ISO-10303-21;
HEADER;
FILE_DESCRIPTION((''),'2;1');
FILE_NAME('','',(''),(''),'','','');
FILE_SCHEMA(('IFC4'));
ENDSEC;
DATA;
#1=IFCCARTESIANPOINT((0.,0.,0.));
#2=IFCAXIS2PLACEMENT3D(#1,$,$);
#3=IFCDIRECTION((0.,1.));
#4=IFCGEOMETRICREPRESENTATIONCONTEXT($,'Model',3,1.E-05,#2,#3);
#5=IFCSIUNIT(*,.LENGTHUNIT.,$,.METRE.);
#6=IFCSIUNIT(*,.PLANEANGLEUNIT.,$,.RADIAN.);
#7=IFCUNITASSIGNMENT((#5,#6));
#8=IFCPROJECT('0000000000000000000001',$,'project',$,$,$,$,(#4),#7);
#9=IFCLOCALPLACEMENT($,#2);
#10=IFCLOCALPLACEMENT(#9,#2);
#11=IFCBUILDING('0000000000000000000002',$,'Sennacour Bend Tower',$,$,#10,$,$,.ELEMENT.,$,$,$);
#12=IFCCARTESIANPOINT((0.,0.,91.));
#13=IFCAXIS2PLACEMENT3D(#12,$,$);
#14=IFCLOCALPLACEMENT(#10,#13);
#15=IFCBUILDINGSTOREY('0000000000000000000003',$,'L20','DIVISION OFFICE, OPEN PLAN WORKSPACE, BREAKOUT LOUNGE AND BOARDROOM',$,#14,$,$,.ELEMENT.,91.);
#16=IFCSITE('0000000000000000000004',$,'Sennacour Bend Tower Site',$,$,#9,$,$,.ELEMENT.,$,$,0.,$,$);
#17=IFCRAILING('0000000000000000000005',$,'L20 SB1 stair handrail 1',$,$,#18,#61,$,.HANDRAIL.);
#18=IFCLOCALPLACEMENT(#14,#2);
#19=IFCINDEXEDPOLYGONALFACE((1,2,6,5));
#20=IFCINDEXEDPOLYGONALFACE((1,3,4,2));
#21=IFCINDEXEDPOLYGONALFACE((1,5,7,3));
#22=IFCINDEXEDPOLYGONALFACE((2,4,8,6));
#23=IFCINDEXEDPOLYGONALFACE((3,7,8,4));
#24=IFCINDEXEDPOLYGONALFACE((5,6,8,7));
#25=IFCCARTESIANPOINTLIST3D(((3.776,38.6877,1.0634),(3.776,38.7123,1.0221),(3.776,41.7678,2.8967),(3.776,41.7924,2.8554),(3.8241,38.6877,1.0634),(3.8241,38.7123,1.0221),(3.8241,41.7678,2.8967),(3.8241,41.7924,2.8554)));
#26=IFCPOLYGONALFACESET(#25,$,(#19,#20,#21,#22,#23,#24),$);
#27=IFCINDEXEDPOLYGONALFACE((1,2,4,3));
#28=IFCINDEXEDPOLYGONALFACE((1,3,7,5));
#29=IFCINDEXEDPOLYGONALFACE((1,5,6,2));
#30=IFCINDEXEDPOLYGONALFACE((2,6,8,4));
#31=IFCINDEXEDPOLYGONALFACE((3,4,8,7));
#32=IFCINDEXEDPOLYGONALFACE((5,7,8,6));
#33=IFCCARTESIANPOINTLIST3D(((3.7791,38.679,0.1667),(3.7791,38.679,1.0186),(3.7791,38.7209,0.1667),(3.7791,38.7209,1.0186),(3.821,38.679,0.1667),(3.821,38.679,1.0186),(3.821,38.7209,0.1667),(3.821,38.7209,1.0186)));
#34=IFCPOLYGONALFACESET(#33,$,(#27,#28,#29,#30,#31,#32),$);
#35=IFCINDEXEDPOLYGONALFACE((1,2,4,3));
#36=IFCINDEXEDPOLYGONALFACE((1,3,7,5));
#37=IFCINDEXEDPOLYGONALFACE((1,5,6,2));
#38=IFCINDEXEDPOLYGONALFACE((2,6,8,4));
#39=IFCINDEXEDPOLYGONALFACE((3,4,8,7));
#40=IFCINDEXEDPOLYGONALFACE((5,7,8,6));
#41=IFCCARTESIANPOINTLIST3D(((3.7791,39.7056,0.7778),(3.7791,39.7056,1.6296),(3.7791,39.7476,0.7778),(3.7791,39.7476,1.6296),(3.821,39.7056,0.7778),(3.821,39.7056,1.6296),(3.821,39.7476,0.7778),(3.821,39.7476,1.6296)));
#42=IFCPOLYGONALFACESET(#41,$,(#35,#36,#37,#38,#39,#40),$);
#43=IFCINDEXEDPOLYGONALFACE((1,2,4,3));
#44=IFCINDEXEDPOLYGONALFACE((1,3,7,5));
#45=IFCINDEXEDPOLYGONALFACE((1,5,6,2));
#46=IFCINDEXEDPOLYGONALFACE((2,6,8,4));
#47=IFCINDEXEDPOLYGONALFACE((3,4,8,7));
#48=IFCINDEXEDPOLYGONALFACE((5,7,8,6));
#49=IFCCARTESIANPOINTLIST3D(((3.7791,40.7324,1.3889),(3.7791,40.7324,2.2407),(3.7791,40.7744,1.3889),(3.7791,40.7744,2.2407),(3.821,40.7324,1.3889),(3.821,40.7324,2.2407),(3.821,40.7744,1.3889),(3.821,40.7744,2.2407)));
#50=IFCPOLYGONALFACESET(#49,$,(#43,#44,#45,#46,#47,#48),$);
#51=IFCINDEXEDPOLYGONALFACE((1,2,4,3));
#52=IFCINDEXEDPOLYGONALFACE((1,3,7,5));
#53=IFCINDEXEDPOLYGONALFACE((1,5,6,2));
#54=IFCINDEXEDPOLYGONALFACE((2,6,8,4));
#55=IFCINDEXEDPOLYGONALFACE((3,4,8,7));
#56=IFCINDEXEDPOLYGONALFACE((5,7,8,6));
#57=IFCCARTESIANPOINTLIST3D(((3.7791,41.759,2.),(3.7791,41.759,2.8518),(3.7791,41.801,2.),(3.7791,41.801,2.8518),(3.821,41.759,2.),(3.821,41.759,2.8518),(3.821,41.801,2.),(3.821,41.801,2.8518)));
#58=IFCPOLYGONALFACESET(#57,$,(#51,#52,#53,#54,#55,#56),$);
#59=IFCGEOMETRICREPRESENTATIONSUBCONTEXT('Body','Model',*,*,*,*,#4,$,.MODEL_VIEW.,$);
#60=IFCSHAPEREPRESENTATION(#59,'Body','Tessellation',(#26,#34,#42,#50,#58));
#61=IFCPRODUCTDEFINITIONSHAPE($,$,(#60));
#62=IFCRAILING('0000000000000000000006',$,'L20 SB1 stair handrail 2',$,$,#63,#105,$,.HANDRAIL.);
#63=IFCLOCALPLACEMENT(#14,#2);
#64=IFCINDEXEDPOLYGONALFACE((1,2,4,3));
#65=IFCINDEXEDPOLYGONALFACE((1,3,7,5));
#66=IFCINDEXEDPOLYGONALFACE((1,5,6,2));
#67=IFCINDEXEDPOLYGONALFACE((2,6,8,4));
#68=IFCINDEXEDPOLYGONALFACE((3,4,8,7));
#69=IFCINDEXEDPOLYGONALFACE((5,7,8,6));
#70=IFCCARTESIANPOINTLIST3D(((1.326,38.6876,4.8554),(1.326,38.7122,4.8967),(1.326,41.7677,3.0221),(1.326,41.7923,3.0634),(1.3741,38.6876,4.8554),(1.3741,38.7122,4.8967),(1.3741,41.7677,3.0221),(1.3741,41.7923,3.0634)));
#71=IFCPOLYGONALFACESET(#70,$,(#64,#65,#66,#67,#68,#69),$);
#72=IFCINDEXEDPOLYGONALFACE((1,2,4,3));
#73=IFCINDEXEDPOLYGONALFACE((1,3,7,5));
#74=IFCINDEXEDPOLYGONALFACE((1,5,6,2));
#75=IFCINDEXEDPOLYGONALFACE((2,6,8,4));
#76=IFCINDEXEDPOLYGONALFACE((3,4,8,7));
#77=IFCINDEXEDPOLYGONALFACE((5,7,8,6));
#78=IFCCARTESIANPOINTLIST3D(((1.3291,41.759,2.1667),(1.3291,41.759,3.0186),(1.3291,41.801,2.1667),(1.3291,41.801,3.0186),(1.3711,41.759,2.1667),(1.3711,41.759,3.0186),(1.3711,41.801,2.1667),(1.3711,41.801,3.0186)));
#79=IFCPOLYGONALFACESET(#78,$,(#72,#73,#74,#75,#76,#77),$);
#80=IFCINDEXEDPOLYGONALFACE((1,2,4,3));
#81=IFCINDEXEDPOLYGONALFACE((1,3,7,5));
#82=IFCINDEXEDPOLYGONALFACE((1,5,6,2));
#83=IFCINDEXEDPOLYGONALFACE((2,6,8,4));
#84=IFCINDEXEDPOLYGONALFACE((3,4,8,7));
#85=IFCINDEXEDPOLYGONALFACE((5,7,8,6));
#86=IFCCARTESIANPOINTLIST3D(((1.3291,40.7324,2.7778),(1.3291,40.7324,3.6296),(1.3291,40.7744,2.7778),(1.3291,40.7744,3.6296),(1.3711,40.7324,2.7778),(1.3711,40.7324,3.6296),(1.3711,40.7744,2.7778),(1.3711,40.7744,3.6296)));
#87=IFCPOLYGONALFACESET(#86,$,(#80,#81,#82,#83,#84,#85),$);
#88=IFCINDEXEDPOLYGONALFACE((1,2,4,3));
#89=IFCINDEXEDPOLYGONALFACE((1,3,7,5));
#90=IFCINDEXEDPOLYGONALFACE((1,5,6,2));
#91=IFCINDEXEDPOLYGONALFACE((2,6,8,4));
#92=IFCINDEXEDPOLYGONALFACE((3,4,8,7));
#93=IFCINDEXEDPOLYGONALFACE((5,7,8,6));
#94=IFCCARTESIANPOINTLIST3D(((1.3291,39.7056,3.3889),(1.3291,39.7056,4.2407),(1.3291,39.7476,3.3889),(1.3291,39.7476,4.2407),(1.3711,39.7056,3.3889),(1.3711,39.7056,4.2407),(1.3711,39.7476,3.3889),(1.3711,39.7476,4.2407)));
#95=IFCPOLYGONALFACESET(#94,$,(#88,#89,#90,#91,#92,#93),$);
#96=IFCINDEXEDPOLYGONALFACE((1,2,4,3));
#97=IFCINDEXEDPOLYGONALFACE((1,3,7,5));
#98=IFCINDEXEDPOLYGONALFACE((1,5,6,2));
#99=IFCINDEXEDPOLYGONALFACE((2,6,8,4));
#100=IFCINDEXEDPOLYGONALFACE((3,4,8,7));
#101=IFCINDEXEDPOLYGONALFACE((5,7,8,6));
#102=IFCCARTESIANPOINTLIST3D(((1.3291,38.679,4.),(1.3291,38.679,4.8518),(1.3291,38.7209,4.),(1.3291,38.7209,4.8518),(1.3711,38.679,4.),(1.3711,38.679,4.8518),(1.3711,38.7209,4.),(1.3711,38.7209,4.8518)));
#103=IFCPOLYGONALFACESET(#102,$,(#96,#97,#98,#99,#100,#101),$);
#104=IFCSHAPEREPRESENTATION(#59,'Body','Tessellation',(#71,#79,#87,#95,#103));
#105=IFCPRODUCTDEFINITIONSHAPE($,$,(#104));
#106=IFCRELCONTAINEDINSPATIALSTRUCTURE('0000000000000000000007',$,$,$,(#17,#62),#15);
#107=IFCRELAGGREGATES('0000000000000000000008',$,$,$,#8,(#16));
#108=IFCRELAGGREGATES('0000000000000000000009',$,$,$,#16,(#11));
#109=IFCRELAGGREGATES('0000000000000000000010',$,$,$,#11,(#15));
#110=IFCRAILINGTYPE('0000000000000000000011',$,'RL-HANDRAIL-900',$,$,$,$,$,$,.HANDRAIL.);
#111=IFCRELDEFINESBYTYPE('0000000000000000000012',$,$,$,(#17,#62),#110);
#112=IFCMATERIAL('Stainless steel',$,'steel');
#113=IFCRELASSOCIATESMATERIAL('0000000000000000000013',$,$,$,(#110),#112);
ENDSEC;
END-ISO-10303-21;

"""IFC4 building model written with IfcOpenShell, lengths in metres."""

from ifc_helpers import new_model, si_unit, direction, frame, origin, origin_2d, place, context, subcontext, project, spatial, rectangle, extrude, material, type_object, element, save


model = new_model("IFC4")

# Units and contexts
model_context = context("Model", 3, precision=1e-05, world=origin(), true_north=direction((0.0, 1.0)))
body_context = subcontext(model_context, "Body", "Model", "MODEL_VIEW")
ifc_project = project(units=[si_unit("LENGTHUNIT", "METRE"), si_unit("PLANEANGLEUNIT", "RADIAN")], contexts=[model_context])

# Site, building, storey
site_placement = place(None, origin())
site = spatial("IfcSite", under=ifc_project, at=site_placement, Name="Sennacour Bend Tower Site", CompositionType="ELEMENT", RefElevation=0.0)
building_placement = place(site_placement, origin())
building = spatial("IfcBuilding", under=site, at=building_placement, Name="Sennacour Bend Tower", CompositionType="ELEMENT")
storey_placement = place(building_placement, frame((0.0, 0.0, 91.0)))
storey = spatial("IfcBuildingStorey", under=building, at=storey_placement, Name="L20", Description="DIVISION OFFICE, OPEN PLAN WORKSPACE, BREAKOUT LOUNGE AND BOARDROOM", CompositionType="ELEMENT", Elevation=91.0)

# Railings
ifc_material_1 = material(Name="Stainless steel", Category="steel")
railing_type_1 = type_object("IfcRailingType", Name="RL-HANDRAIL-900", PredefinedType="HANDRAIL", material=ifc_material_1)
railing_1_placement = place(storey_placement, frame((3.8, 38.7, 0.1667)))
element("IfcRailing", 1, at=railing_1_placement, inside=storey, type_object=railing_type_1, Name="L20 SB1 stair handrail 1", PredefinedType="HANDRAIL", context=body_context, shape_type="SweptSolid", body=[
    extrude(rectangle(XDim=0.0481, YDim=0.0481, at=origin_2d()), frame((0.0, 0.0, 0.876), z_axis=(0.0, 0.859309, 0.511458), x_axis=(-1.0, 0.0, 0.0)), (0.0, 0.0, 1.0), 3.5845),
    extrude(rectangle(XDim=0.042, YDim=0.042, at=origin_2d()), origin(), (0.0, 0.0, 1.0), 0.8518),
    extrude(rectangle(XDim=0.042, YDim=0.042, at=origin_2d()), frame((0.0, 1.0266, 0.6111)), (0.0, 0.0, 1.0), 0.8518),
    extrude(rectangle(XDim=0.042, YDim=0.042, at=origin_2d()), frame((0.0, 2.0535, 1.2222)), (0.0, 0.0, 1.0), 0.8518),
    extrude(rectangle(XDim=0.042, YDim=0.042, at=origin_2d()), frame((0.0, 3.0801, 1.8333)), (0.0, 0.0, 1.0), 0.8518),
])
railing_2_placement = place(storey_placement, frame((1.3501, 41.78, 2.1667)))
element("IfcRailing", 2, at=railing_2_placement, inside=storey, type_object=railing_type_1, Name="L20 SB1 stair handrail 2", PredefinedType="HANDRAIL", context=body_context, shape_type="SweptSolid", body=[
    extrude(rectangle(XDim=0.0481, YDim=0.0481, at=origin_2d()), frame((0.0, 0.0, 0.876), z_axis=(0.0, -0.859309, 0.511458), x_axis=(1.0, 0.0, 0.0)), (0.0, 0.0, 1.0), 3.5845),
    extrude(rectangle(XDim=0.042, YDim=0.042, at=origin_2d()), origin(), (0.0, 0.0, 1.0), 0.8518),
    extrude(rectangle(XDim=0.042, YDim=0.042, at=origin_2d()), frame((0.0, -1.0266, 0.6111)), (0.0, 0.0, 1.0), 0.8518),
    extrude(rectangle(XDim=0.042, YDim=0.042, at=origin_2d()), frame((0.0, -2.0535, 1.2222)), (0.0, 0.0, 1.0), 0.8518),
    extrude(rectangle(XDim=0.042, YDim=0.042, at=origin_2d()), frame((0.0, -3.0801, 1.8333)), (0.0, 0.0, 1.0), 0.8518),
])

save(model, "model.ifc")
